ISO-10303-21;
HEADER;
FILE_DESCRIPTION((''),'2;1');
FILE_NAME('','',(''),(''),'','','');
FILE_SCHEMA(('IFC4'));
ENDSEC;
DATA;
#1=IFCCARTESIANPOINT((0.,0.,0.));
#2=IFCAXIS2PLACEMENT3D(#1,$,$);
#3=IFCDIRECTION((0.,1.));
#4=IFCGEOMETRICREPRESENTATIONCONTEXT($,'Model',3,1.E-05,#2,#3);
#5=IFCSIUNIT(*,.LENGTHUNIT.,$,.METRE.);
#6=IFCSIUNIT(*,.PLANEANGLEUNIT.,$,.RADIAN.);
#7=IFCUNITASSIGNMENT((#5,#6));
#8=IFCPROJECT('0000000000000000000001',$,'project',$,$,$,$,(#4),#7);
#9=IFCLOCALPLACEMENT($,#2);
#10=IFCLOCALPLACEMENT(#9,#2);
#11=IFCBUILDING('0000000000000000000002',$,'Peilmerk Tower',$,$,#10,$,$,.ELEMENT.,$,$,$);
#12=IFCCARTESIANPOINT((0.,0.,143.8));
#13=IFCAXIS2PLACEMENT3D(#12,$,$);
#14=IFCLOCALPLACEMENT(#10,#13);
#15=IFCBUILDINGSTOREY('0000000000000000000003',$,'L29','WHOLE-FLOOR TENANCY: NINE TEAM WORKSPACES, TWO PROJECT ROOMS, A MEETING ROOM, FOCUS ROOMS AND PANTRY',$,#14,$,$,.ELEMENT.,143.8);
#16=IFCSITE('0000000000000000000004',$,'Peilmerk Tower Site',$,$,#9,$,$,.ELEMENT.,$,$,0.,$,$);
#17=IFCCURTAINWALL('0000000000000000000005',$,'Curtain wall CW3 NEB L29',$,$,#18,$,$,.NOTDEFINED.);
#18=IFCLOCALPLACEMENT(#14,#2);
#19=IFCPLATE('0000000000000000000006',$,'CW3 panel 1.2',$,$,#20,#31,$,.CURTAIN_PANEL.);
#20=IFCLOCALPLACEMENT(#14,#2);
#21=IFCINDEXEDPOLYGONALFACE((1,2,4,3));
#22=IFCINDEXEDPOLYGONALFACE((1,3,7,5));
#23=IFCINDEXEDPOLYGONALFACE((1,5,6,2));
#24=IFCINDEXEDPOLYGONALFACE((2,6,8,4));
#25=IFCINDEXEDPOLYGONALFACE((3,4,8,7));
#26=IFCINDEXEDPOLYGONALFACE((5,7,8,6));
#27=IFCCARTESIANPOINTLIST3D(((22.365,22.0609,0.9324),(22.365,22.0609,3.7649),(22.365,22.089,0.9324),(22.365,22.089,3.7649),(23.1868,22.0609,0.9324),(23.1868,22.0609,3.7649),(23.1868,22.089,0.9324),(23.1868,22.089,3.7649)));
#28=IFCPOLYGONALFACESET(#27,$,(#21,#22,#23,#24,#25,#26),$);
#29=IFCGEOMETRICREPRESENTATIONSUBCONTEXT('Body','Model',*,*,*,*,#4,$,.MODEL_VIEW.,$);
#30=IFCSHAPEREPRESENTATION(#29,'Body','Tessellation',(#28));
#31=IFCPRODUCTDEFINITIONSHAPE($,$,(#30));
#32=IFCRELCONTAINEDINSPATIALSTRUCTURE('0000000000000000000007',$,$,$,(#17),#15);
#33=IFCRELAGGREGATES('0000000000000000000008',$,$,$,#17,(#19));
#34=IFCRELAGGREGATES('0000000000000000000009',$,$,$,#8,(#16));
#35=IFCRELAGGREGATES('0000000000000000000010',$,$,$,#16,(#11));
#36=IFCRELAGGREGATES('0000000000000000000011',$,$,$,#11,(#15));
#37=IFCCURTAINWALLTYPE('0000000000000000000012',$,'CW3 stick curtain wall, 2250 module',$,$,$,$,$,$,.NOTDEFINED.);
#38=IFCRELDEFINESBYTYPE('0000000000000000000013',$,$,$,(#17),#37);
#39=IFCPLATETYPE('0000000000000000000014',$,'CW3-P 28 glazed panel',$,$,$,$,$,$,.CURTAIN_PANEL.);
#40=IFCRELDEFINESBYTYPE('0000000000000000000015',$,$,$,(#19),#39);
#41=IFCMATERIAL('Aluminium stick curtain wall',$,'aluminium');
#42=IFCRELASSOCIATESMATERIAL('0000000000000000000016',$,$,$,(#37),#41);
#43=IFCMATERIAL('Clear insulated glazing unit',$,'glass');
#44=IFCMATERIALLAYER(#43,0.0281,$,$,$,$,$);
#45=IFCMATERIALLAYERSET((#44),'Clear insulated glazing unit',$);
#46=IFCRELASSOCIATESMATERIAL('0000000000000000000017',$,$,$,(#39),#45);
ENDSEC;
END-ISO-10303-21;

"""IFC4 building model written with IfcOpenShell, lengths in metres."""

from ifc_helpers import new_model, si_unit, direction, frame, origin, origin_2d, place, context, subcontext, project, spatial, rectangle, extrude, material, layer, layer_set, type_object, element, aggregate, save


model = new_model("IFC4")

# Units and contexts
model_context = context("Model", 3, precision=1e-05, world=origin(), true_north=direction((0.0, 1.0)))
body_context = subcontext(model_context, "Body", "Model", "MODEL_VIEW")
ifc_project = project(units=[si_unit("LENGTHUNIT", "METRE"), si_unit("PLANEANGLEUNIT", "RADIAN")], contexts=[model_context])

# Site, building, storey
site_placement = place(None, origin())
site = spatial("IfcSite", under=ifc_project, at=site_placement, Name="Peilmerk Tower Site", CompositionType="ELEMENT", RefElevation=0.0)
building_placement = place(site_placement, origin())
building = spatial("IfcBuilding", under=site, at=building_placement, Name="Peilmerk Tower", CompositionType="ELEMENT")
storey_placement = place(building_placement, frame((0.0, 0.0, 143.8)))
storey = spatial("IfcBuildingStorey", under=building, at=storey_placement, Name="L29", Description="WHOLE-FLOOR TENANCY: NINE TEAM WORKSPACES, TWO PROJECT ROOMS, A MEETING ROOM, FOCUS ROOMS AND PANTRY", CompositionType="ELEMENT", Elevation=143.8)

# Curtain wall, plate
ifc_material_1 = material(Name="Aluminium stick curtain wall", Category="aluminium")
curtain_wall_type = type_object("IfcCurtainWallType", Name="CW3 stick curtain wall, 2250 module", PredefinedType="NOTDEFINED", material=ifc_material_1)
curtain_wall_placement = place(storey_placement, origin())
curtain_wall = element("IfcCurtainWall", 1, at=curtain_wall_placement, inside=storey, type_object=curtain_wall_type, Name="Curtain wall CW3 NEB L29", PredefinedType="NOTDEFINED")
ifc_material_2 = material(Name="Clear insulated glazing unit", Category="glass")
ifc_layer = layer(ifc_material_2, 0.0281)
ifc_layer_set = layer_set([ifc_layer], Name="Clear insulated glazing unit")
plate_type = type_object("IfcPlateType", Name="CW3-P 28 glazed panel", PredefinedType="CURTAIN_PANEL", material=ifc_layer_set)
plate_1_placement = place(storey_placement, frame((22.7759, 22.075, 0.9324), z_axis=(0.0, 0.0, 1.0), x_axis=(1.0, 0.0, 0.0)))
plate_1 = element("IfcPlate", 2, at=plate_1_placement, type_object=plate_type, Name="CW3 panel 1.2", PredefinedType="CURTAIN_PANEL", context=body_context, shape_type="SweptSolid", body=[
    extrude(rectangle(XDim=0.8218, YDim=0.0281, at=origin_2d()), origin(), (0.0, 0.0, 1.0), 2.8325),
])
aggregate(curtain_wall, [plate_1])

save(model, "model.ifc")
